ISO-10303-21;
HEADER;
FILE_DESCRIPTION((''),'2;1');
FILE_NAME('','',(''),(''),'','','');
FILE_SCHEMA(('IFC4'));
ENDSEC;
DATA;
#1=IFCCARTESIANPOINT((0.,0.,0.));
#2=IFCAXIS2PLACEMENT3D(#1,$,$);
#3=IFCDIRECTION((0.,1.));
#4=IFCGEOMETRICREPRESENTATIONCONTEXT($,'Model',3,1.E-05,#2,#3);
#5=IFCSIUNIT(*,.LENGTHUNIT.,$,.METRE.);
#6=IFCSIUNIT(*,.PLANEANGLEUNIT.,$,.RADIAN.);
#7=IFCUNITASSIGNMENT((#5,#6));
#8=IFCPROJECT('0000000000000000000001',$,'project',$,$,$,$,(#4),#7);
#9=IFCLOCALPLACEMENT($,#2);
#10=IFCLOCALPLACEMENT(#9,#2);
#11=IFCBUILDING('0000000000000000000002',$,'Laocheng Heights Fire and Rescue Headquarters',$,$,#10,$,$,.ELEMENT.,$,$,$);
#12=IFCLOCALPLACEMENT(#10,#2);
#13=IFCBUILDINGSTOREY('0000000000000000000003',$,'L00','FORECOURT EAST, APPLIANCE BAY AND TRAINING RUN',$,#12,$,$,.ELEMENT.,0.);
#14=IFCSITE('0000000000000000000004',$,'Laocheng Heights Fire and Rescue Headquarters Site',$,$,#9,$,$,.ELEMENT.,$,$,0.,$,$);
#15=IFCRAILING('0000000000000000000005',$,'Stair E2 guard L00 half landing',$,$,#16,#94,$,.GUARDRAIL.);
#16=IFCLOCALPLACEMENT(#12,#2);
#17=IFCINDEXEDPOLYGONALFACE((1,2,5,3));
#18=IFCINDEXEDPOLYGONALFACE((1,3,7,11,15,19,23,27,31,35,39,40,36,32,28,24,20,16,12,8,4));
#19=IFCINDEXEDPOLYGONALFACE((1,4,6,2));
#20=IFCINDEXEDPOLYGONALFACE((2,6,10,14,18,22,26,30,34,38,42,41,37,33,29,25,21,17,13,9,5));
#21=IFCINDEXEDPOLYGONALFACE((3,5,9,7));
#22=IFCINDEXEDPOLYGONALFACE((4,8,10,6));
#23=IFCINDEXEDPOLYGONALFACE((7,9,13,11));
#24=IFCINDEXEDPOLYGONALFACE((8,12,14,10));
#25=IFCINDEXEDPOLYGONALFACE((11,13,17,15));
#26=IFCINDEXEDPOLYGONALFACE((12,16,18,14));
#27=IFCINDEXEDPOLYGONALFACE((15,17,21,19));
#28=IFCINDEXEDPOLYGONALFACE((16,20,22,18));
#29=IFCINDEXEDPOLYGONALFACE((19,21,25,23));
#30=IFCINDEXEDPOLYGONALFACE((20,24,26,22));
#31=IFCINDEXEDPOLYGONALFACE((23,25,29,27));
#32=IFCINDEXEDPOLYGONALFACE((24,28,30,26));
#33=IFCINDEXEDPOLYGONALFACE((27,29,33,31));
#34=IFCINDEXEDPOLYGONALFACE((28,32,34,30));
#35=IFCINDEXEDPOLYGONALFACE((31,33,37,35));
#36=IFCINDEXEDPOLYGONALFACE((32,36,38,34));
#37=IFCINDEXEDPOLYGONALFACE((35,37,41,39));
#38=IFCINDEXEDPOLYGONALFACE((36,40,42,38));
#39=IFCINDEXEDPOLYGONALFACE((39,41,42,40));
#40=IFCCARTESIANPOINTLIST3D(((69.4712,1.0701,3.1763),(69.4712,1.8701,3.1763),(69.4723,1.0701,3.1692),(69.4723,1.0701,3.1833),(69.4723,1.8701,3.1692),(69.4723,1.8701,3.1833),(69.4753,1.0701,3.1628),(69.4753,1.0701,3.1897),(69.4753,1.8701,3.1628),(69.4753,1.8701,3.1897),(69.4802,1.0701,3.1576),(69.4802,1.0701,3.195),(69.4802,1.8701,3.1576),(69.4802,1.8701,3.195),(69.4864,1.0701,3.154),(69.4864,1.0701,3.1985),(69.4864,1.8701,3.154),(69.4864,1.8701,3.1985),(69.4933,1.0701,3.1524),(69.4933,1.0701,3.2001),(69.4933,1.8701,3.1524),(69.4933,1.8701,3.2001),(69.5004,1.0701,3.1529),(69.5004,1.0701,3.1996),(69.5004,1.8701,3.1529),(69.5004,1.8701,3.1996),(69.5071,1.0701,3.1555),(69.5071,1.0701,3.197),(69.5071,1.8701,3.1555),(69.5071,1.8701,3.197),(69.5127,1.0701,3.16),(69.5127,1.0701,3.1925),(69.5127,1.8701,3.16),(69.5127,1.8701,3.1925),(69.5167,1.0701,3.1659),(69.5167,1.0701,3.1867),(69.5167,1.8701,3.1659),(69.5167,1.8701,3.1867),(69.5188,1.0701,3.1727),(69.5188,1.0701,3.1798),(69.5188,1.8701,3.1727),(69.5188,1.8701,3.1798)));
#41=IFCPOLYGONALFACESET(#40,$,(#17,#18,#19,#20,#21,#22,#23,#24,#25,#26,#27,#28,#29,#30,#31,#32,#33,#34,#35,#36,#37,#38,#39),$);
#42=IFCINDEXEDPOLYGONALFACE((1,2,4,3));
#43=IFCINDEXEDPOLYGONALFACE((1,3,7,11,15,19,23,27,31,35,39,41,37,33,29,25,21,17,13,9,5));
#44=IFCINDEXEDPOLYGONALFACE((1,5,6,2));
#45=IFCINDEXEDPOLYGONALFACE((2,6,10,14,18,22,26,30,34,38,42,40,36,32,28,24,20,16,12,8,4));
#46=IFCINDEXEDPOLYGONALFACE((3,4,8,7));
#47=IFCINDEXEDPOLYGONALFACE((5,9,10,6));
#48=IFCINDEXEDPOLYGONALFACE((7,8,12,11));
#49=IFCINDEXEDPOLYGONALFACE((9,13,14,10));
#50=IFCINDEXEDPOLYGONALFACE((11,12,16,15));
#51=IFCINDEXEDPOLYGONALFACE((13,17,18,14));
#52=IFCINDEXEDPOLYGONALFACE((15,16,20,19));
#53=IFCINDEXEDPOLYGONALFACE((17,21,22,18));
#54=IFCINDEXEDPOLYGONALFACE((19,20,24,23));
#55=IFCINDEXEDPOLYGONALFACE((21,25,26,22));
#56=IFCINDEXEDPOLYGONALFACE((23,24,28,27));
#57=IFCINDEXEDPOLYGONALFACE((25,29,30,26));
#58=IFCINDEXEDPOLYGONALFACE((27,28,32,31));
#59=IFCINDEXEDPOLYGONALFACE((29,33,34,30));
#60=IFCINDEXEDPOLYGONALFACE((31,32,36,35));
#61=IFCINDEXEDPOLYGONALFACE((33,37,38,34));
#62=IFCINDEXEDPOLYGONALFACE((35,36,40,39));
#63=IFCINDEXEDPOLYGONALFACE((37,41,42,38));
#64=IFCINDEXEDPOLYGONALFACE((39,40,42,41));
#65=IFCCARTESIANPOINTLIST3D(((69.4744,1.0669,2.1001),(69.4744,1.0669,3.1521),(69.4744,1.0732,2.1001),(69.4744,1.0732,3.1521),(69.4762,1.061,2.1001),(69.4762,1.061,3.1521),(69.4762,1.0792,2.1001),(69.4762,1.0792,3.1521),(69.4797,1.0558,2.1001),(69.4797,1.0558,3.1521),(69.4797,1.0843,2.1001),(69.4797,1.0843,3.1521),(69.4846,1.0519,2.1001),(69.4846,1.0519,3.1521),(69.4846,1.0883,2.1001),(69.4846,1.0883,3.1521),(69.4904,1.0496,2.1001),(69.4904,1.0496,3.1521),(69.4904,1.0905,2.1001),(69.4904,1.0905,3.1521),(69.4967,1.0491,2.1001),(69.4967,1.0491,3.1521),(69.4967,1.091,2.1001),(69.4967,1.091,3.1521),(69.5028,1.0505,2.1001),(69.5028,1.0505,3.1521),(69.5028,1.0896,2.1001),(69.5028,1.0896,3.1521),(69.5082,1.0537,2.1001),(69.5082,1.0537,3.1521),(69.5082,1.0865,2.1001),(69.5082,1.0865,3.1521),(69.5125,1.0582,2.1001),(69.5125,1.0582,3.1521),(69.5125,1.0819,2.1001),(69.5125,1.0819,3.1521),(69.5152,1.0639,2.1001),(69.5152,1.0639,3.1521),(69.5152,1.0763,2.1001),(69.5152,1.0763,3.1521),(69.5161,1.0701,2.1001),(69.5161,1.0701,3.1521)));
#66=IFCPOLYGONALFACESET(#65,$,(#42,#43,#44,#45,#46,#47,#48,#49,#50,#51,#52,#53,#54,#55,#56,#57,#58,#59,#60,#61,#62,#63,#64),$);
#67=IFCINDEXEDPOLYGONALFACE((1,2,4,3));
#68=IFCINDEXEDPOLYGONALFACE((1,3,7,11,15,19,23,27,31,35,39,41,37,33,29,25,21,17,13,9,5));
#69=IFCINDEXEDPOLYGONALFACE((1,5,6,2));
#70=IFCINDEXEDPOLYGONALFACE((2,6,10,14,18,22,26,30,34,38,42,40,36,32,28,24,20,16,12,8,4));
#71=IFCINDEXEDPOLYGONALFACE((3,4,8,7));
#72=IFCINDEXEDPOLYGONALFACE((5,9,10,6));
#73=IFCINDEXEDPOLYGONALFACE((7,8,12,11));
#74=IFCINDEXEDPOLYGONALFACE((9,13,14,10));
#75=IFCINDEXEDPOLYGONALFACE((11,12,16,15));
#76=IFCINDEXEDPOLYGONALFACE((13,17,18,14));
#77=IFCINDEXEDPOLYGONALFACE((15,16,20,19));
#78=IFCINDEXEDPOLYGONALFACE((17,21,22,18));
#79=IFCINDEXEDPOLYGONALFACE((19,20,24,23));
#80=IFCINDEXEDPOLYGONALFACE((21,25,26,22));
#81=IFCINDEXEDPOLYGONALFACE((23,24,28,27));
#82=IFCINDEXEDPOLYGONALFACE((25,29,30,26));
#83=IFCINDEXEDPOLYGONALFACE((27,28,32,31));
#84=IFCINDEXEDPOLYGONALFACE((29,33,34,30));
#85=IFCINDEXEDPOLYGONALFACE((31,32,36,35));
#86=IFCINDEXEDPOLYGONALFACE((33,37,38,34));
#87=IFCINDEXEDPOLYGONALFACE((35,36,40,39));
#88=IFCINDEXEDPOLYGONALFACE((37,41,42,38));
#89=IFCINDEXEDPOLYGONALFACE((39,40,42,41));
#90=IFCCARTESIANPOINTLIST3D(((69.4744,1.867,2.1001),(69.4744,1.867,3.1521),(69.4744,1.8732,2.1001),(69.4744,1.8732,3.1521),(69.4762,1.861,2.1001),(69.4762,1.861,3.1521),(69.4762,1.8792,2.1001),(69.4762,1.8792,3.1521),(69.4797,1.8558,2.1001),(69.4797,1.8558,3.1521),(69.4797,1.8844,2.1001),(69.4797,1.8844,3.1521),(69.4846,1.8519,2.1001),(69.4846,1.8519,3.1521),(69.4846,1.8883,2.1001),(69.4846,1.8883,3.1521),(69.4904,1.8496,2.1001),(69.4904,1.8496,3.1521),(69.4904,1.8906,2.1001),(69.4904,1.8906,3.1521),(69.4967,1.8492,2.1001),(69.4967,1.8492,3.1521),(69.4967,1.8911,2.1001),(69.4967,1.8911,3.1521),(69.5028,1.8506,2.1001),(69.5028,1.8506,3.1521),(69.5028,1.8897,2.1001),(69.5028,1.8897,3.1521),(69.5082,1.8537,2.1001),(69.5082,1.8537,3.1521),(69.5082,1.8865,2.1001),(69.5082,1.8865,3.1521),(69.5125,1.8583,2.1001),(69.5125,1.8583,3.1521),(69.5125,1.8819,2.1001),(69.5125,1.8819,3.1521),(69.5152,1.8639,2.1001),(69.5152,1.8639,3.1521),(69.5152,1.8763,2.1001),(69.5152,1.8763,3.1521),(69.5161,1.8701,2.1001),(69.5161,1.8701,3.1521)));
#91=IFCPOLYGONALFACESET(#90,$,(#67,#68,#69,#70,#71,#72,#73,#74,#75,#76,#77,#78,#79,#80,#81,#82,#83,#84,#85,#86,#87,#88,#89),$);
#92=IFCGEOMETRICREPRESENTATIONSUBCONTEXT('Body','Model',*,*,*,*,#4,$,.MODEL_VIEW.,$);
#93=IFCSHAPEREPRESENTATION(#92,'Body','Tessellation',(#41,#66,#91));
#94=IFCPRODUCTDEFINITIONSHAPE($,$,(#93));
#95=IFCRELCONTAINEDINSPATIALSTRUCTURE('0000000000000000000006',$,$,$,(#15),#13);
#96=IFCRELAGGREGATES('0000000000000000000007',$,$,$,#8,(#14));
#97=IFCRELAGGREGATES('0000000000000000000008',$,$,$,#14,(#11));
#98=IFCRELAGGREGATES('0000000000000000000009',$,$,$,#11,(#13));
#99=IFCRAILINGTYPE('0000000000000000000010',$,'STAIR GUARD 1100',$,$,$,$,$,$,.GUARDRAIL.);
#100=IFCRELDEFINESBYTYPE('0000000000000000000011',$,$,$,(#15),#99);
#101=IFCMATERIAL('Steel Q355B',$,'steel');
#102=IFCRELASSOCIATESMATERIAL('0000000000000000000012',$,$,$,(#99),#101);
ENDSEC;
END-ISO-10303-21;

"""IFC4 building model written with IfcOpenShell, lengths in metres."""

from ifc_helpers import new_model, si_unit, direction, frame, origin, origin_2d, place, context, subcontext, project, spatial, circle, extrude, material, type_object, element, save


model = new_model("IFC4")

# Units and contexts
model_context = context("Model", 3, precision=1e-05, world=origin(), true_north=direction((0.0, 1.0)))
body_context = subcontext(model_context, "Body", "Model", "MODEL_VIEW")
ifc_project = project(units=[si_unit("LENGTHUNIT", "METRE"), si_unit("PLANEANGLEUNIT", "RADIAN")], contexts=[model_context])

# Site, building, storey
site_placement = place(None, origin())
site = spatial("IfcSite", under=ifc_project, at=site_placement, Name="Laocheng Heights Fire and Rescue Headquarters Site", CompositionType="ELEMENT", RefElevation=0.0)
building_placement = place(site_placement, origin())
building = spatial("IfcBuilding", under=site, at=building_placement, Name="Laocheng Heights Fire and Rescue Headquarters", CompositionType="ELEMENT")
storey_placement = place(building_placement, origin())
storey = spatial("IfcBuildingStorey", under=building, at=storey_placement, Name="L00", Description="FORECOURT EAST, APPLIANCE BAY AND TRAINING RUN", CompositionType="ELEMENT", Elevation=0.0)

# Railing
ifc_material_1 = material(Name="Steel Q355B", Category="steel")
railing_type_1 = type_object("IfcRailingType", Name="STAIR GUARD 1100", PredefinedType="GUARDRAIL", material=ifc_material_1)
railing_1_placement = place(storey_placement, frame((69.4951, 1.0701, 2.1001)))
element("IfcRailing", 1, at=railing_1_placement, inside=storey, type_object=railing_type_1, Name="Stair E2 guard L00 half landing", PredefinedType="GUARDRAIL", context=body_context, shape_type="SweptSolid", body=[
    extrude(circle(Radius=0.0239, at=origin_2d()), frame((0.0, 0.0, 1.0762), z_axis=(0.0, 1.0, 0.0), x_axis=(-1.0, 0.0, 0.0)), (0.0, 0.0, 1.0), 0.8),
    extrude(circle(Radius=0.021, at=origin_2d()), origin(), (0.0, 0.0, 1.0), 1.052),
    extrude(circle(Radius=0.021, at=origin_2d()), frame((0.0, 0.8, 0.0)), (0.0, 0.0, 1.0), 1.052),
])

save(model, "model.ifc")
